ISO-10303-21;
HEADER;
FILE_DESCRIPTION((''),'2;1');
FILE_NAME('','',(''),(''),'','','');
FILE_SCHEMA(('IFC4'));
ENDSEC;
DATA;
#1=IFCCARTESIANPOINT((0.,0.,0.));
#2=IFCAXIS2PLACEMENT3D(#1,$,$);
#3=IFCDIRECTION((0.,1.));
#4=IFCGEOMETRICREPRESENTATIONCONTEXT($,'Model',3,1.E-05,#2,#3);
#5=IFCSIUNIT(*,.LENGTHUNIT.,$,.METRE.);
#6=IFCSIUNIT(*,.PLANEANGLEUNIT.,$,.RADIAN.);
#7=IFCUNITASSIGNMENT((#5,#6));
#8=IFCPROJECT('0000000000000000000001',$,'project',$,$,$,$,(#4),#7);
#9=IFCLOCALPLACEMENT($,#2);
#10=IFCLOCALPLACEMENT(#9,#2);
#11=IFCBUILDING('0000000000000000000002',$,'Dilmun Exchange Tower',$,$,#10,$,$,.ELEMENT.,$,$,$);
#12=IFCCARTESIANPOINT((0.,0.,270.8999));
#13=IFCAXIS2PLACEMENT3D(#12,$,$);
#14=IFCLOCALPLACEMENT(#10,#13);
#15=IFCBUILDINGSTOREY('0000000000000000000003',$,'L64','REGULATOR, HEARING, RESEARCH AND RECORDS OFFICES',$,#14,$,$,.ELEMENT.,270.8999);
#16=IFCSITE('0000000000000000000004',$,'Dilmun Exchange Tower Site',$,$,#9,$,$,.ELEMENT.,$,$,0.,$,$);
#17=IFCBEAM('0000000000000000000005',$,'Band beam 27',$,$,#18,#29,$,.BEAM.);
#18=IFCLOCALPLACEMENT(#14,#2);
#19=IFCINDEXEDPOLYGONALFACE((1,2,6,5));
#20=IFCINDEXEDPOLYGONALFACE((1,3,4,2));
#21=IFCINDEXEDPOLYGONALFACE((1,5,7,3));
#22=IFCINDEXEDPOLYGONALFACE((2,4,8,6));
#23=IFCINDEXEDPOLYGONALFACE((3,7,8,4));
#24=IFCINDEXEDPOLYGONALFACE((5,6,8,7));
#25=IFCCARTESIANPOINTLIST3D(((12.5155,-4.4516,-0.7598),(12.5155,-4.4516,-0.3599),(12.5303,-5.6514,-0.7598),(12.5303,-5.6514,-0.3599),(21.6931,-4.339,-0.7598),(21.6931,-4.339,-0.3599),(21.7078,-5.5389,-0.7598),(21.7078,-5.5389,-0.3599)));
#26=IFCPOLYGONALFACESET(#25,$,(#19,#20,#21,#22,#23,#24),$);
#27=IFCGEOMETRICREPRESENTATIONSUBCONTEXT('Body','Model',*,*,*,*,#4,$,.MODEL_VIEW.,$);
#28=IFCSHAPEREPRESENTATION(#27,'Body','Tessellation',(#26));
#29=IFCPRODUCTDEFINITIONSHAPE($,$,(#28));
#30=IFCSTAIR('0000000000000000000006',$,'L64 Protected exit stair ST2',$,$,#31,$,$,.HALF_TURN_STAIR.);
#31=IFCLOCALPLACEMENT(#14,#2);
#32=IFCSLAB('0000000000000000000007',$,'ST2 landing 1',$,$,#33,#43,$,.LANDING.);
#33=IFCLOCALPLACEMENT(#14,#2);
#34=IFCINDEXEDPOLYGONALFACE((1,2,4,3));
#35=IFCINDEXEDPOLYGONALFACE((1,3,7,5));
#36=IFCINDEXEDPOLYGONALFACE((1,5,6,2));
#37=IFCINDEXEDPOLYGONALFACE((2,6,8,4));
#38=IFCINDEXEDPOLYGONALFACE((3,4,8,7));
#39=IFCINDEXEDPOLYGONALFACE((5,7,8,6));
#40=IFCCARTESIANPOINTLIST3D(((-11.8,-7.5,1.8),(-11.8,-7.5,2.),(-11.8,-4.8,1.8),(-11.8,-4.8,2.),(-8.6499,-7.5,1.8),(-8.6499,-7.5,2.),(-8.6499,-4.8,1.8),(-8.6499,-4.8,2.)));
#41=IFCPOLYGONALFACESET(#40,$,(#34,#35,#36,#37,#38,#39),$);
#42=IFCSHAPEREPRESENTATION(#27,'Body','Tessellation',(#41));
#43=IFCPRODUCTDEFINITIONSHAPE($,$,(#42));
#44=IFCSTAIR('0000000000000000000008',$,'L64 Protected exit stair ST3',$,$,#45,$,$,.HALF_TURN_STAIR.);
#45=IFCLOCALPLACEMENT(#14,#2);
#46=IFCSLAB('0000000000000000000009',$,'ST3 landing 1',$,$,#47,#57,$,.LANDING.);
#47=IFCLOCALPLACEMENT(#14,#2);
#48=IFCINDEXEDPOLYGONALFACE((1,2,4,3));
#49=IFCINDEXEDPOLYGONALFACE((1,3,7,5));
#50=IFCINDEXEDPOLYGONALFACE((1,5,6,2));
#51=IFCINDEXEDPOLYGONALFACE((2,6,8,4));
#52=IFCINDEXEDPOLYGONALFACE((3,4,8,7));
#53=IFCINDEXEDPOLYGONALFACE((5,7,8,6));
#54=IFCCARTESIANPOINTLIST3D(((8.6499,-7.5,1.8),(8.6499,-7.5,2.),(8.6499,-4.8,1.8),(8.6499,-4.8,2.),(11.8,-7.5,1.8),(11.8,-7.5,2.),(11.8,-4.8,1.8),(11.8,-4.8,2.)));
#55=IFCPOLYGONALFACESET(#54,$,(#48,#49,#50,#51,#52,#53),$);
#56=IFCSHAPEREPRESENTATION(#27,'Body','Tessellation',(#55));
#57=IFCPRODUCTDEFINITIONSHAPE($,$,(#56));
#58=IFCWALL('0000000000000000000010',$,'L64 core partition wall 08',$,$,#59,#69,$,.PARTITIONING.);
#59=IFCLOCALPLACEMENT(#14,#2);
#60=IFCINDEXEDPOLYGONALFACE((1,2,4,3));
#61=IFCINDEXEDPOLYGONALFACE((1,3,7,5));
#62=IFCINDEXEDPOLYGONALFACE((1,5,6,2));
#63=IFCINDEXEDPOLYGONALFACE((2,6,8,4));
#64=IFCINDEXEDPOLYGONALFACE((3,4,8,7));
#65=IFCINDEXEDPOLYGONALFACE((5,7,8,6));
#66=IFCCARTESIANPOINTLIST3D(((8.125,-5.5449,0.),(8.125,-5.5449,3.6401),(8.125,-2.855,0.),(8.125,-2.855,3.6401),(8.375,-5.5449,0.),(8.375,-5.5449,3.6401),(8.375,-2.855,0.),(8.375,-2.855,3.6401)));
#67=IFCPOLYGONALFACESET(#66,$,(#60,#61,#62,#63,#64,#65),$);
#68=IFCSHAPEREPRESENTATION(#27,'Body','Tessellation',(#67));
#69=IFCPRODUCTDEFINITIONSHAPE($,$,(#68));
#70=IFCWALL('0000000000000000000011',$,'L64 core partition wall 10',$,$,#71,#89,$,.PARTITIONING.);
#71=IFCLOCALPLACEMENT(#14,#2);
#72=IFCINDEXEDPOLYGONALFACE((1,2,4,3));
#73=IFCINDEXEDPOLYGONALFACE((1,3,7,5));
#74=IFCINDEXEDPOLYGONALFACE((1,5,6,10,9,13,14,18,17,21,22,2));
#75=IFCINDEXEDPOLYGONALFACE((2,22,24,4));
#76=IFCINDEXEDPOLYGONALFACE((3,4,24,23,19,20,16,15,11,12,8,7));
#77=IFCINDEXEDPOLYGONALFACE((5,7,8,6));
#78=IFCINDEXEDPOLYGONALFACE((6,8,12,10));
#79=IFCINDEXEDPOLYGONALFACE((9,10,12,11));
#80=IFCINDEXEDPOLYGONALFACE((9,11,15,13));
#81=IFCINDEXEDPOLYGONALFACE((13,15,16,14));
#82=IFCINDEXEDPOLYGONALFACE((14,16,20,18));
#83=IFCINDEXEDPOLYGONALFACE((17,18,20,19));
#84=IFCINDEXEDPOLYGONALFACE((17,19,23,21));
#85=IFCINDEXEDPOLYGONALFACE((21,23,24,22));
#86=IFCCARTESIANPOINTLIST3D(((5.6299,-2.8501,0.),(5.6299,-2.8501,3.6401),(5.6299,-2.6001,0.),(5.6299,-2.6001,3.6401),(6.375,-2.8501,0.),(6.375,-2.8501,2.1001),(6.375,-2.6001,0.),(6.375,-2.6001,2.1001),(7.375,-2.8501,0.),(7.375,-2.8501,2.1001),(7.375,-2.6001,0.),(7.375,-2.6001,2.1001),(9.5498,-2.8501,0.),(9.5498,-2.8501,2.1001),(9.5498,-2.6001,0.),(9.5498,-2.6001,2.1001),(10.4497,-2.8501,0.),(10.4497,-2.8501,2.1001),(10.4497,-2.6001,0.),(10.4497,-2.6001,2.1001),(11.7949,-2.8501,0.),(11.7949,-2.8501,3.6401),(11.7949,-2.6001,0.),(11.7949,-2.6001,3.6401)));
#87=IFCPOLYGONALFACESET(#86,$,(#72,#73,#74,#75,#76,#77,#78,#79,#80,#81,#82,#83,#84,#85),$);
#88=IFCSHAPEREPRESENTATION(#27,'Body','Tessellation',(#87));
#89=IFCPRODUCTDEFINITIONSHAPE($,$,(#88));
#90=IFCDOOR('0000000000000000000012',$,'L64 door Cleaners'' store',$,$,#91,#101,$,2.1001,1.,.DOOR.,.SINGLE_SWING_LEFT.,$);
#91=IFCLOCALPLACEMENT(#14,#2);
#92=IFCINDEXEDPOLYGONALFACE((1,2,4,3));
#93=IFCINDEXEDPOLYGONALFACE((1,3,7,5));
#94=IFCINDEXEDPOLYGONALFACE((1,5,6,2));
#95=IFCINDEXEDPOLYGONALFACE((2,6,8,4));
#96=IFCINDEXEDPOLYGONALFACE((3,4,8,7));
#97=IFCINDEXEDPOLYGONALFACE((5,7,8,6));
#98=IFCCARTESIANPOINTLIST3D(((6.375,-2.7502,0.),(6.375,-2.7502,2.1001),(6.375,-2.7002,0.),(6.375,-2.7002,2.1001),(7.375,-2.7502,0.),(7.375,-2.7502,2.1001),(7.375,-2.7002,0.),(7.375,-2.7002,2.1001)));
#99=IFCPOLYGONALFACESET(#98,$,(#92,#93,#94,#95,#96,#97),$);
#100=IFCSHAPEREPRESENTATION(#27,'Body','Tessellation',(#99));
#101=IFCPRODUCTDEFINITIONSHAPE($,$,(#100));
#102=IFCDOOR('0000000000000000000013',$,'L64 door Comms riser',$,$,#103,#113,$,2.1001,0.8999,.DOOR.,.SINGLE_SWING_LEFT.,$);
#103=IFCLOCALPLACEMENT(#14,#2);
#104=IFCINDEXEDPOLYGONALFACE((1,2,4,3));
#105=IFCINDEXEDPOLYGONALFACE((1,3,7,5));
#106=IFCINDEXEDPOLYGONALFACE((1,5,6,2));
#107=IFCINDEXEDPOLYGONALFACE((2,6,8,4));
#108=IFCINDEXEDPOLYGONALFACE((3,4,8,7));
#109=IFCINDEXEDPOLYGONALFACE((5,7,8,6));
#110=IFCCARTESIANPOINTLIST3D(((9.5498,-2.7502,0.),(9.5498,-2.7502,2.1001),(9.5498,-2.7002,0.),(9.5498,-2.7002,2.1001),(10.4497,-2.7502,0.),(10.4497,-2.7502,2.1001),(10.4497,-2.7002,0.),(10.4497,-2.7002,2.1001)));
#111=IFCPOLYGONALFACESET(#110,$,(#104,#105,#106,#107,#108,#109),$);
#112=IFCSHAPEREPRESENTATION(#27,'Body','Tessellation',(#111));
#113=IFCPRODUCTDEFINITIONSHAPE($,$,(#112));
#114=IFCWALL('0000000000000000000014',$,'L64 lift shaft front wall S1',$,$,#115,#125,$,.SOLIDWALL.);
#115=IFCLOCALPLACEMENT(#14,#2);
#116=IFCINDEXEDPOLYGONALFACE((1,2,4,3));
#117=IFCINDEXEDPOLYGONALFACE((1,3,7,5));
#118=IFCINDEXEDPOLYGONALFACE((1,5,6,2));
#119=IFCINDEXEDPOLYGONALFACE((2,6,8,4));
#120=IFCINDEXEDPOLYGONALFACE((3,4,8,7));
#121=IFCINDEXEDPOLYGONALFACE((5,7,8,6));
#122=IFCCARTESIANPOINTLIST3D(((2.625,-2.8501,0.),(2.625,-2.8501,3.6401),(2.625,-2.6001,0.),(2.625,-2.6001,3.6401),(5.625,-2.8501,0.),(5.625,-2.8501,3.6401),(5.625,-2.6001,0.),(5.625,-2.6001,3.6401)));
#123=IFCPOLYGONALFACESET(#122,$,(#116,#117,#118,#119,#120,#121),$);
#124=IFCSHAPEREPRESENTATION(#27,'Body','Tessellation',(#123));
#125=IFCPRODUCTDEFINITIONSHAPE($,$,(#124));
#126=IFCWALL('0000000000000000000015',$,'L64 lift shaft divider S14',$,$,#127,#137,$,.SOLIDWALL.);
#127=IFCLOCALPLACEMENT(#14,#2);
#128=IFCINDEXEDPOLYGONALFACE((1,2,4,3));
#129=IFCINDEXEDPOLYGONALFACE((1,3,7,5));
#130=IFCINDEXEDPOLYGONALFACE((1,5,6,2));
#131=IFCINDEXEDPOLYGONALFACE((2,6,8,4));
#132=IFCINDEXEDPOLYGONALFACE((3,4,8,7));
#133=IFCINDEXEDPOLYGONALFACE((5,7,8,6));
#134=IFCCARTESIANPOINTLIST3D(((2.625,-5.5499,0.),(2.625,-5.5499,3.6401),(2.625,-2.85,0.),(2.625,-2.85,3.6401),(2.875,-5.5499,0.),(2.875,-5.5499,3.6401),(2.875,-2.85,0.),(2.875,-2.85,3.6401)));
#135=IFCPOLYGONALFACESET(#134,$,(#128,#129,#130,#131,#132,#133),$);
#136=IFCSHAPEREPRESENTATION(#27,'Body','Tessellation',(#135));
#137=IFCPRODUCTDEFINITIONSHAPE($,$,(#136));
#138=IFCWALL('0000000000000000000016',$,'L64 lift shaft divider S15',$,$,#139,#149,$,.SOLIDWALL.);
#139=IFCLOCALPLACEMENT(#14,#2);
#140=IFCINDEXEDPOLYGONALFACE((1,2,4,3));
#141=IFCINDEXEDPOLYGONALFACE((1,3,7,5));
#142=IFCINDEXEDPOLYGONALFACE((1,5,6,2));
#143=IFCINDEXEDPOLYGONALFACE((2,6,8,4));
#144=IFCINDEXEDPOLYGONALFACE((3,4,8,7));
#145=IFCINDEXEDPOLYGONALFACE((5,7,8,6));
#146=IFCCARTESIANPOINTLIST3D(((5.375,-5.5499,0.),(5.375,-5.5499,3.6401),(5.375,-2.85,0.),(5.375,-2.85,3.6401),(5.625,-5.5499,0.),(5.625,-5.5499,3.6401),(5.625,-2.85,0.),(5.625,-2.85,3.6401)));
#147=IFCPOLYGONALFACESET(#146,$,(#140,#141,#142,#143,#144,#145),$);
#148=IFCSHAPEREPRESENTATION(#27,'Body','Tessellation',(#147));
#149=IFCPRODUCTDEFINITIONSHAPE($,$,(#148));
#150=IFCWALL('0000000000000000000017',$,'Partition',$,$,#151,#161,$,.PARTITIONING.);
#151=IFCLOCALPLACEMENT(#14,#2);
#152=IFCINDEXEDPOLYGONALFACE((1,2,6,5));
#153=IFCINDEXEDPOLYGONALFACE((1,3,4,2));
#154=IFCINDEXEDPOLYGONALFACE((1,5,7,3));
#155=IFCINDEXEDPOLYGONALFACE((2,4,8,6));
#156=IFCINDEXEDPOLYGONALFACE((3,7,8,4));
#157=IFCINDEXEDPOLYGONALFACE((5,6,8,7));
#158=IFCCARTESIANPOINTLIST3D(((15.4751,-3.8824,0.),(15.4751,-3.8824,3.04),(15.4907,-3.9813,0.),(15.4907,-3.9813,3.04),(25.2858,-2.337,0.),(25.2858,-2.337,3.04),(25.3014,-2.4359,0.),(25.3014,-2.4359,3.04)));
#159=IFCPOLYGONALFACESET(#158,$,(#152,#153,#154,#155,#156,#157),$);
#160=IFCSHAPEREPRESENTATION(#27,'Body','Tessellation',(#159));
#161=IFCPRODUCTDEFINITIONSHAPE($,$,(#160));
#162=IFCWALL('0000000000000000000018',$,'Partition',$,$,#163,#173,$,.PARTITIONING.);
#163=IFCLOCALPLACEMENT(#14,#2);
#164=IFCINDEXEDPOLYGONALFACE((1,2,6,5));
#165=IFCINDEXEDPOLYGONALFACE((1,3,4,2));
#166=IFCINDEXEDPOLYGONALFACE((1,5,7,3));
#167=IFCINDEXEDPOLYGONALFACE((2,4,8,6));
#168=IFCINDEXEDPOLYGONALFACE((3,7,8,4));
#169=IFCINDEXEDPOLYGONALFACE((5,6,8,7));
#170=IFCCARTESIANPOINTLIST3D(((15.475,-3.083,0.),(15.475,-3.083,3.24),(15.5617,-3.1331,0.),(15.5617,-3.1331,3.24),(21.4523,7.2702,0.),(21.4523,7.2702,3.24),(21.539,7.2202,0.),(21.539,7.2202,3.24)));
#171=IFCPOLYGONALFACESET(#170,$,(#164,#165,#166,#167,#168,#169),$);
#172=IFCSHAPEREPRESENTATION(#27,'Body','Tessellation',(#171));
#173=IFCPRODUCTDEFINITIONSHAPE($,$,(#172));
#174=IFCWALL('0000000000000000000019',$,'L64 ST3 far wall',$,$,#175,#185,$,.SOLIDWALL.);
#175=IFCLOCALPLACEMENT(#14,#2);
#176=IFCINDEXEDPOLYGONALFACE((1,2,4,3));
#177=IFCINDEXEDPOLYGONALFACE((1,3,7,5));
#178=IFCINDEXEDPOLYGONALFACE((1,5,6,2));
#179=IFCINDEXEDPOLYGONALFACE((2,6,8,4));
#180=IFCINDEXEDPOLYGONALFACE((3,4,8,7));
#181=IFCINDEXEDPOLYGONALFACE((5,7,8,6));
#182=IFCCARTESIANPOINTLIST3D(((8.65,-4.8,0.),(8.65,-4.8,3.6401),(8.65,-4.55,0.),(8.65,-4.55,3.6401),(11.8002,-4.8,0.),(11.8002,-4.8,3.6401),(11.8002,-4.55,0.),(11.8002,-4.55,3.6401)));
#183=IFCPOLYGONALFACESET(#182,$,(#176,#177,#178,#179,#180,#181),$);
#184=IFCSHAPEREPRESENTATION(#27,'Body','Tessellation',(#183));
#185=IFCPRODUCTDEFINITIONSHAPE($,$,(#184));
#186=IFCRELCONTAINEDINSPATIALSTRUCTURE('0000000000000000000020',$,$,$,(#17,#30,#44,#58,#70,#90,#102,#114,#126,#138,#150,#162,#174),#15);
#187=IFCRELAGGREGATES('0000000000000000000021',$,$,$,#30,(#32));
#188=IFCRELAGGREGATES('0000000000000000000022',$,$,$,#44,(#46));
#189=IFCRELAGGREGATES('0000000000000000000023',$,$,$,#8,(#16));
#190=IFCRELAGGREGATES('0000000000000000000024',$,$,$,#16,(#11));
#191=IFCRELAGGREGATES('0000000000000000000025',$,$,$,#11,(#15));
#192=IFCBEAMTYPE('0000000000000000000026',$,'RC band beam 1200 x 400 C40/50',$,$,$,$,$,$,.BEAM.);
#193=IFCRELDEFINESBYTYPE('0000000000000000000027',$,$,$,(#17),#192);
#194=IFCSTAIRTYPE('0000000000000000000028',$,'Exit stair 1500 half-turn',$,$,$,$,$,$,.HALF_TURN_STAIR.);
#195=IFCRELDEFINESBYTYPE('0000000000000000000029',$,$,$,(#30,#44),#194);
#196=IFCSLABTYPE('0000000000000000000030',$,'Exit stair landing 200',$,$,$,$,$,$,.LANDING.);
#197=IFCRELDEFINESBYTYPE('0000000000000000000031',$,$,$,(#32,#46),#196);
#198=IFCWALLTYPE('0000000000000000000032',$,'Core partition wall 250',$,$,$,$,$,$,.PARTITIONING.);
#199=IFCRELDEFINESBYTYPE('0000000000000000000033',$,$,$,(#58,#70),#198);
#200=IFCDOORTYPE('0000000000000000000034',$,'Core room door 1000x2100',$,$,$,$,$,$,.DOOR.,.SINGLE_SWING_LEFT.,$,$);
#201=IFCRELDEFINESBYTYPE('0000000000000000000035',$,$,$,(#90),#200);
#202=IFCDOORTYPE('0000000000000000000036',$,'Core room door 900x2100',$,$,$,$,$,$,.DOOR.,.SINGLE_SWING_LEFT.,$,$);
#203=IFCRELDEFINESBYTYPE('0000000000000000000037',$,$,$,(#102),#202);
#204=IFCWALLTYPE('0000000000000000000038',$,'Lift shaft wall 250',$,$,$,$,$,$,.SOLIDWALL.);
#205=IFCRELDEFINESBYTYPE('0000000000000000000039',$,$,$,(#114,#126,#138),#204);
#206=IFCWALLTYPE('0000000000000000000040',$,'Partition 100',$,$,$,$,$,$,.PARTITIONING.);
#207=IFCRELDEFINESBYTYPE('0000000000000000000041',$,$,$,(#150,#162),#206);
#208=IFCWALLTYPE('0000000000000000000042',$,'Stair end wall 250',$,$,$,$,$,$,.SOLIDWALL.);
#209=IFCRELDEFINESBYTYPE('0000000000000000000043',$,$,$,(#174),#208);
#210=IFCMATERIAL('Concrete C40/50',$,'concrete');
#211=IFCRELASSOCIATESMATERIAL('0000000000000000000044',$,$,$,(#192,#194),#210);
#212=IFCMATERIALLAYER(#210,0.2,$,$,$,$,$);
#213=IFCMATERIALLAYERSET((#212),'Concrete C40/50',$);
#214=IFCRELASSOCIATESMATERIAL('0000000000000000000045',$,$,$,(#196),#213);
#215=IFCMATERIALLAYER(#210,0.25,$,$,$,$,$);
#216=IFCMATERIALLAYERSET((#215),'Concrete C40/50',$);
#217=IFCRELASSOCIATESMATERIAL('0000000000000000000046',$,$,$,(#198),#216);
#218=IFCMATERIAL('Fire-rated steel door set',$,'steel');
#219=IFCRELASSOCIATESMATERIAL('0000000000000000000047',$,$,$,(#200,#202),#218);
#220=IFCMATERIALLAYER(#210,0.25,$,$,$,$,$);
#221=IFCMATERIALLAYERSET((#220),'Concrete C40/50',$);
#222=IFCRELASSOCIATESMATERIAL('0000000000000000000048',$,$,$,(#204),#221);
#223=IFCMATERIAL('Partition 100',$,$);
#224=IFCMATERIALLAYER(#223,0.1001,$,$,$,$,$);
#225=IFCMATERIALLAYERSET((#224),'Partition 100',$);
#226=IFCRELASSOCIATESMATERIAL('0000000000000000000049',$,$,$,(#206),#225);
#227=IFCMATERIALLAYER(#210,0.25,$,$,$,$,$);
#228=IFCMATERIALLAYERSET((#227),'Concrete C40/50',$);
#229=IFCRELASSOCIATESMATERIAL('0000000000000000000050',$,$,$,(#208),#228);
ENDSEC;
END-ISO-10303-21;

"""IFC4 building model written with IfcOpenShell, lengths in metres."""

from ifc_helpers import new_model, si_unit, direction, frame, frame_2d, origin, origin_2d, place, context, subcontext, project, spatial, polyline, rectangle, outline, extrude, material, layer, layer_set, material_profile, profile_set, type_object, element, fill, aggregate, save


model = new_model("IFC4")

# Units and contexts
model_context = context("Model", 3, precision=1e-05, world=origin(), true_north=direction((0.0, 1.0)))
body_context = subcontext(model_context, "Body", "Model", "MODEL_VIEW")
ifc_project = project(units=[si_unit("LENGTHUNIT", "METRE"), si_unit("PLANEANGLEUNIT", "RADIAN")], contexts=[model_context])

# Site, building, storey
site_placement = place(None, origin())
site = spatial("IfcSite", under=ifc_project, at=site_placement, Name="Dilmun Exchange Tower Site", CompositionType="ELEMENT", RefElevation=0.0)
building_placement = place(site_placement, origin())
building = spatial("IfcBuilding", under=site, at=building_placement, Name="Dilmun Exchange Tower", CompositionType="ELEMENT")
storey_placement = place(building_placement, frame((0.0, 0.0, 270.8999)))
storey = spatial("IfcBuildingStorey", under=building, at=storey_placement, Name="L64", Description="REGULATOR, HEARING, RESEARCH AND RECORDS OFFICES", CompositionType="ELEMENT", Elevation=270.8999)

# Beam
ifc_material_1 = material(Name="Concrete C40/50", Category="concrete")
ifc_material_profile = material_profile(ifc_material_1, rectangle(XDim=1.2, YDim=0.3999, at=origin_2d()), Name="1200 x 400")
ifc_profile_set = profile_set([ifc_material_profile], Name="Concrete C40/50")
beam_type = type_object("IfcBeamType", Name="RC band beam 1200 x 400 C40/50", PredefinedType="BEAM", material=ifc_profile_set)
beam_placement = place(storey_placement, frame((21.7004, -4.939, -0.5598), z_axis=(-0.999925, -0.012263, 0.0), x_axis=(0.012263, -0.999925, 0.0)))
element("IfcBeam", 1, at=beam_placement, inside=storey, type_object=beam_type, Name="Band beam 27", PredefinedType="BEAM", context=body_context, shape_type="SweptSolid", body=[
    extrude(rectangle(XDim=1.2, YDim=0.3999, at=origin_2d()), origin(), (0.0, 0.0, 1.0), 9.1782),
])

# Stairs, slabs
stair_type = type_object("IfcStairType", Name="Exit stair 1500 half-turn", PredefinedType="HALF_TURN_STAIR", material=ifc_material_1)
stair_1_placement = place(storey_placement, origin())
stair_1 = element("IfcStair", 2, at=stair_1_placement, inside=storey, type_object=stair_type, Name="L64 Protected exit stair ST2", PredefinedType="HALF_TURN_STAIR")
ifc_layer_1 = layer(ifc_material_1, 0.2)
ifc_layer_set_1 = layer_set([ifc_layer_1], Name="Concrete C40/50")
slab_type = type_object("IfcSlabType", Name="Exit stair landing 200", PredefinedType="LANDING", material=ifc_layer_set_1)
slab_1_placement = place(storey_placement, frame((0.0, 0.0, 1.8)))
slab_1 = element("IfcSlab", 3, at=slab_1_placement, type_object=slab_type, Name="ST2 landing 1", PredefinedType="LANDING", context=body_context, shape_type="SweptSolid", body=[
    extrude(outline(polyline([(-8.6499, -7.5), (-8.6499, -4.8), (-11.8, -4.8), (-11.8, -7.5), (-8.6499, -7.5)])), origin(), (0.0, 0.0, 1.0), 0.2),
])
aggregate(stair_1, [slab_1])
stair_2_placement = place(storey_placement, origin())
stair_2 = element("IfcStair", 4, at=stair_2_placement, inside=storey, type_object=stair_type, Name="L64 Protected exit stair ST3", PredefinedType="HALF_TURN_STAIR")
slab_2_placement = place(storey_placement, frame((0.0, 0.0, 1.8)))
slab_2 = element("IfcSlab", 5, at=slab_2_placement, type_object=slab_type, Name="ST3 landing 1", PredefinedType="LANDING", context=body_context, shape_type="SweptSolid", body=[
    extrude(outline(polyline([(11.8, -7.5), (11.8, -4.8), (8.6499, -4.8), (8.6499, -7.5), (11.8, -7.5)])), origin(), (0.0, 0.0, 1.0), 0.2),
])

# Wall
ifc_layer_2 = layer(ifc_material_1, 0.25)
ifc_layer_set_2 = layer_set([ifc_layer_2], Name="Concrete C40/50")
wall_type_1 = type_object("IfcWallType", Name="Core partition wall 250", PredefinedType="PARTITIONING", material=ifc_layer_set_2)
wall_1_placement = place(storey_placement, frame((8.25, -5.5449, 0.0), z_axis=(0.0, 0.0, 1.0), x_axis=(0.0, 1.0, 0.0)))
element("IfcWall", 6, at=wall_1_placement, inside=storey, type_object=wall_type_1, Name="L64 core partition wall 08", PredefinedType="PARTITIONING", context=body_context, shape_type="SweptSolid", body=[
    extrude(rectangle(XDim=2.6899, YDim=0.25, at=frame_2d((1.345, 0.0))), origin(), (0.0, 0.0, 1.0), 3.6401),
])

# Wall, openings, doors
wall_2_placement = place(storey_placement, frame((5.6299, -2.7251, 0.0), z_axis=(0.0, 0.0, 1.0), x_axis=(1.0, 0.0, 0.0)))
wall_2 = element("IfcWall", 7, at=wall_2_placement, inside=storey, type_object=wall_type_1, Name="L64 core partition wall 10", PredefinedType="PARTITIONING", context=body_context, shape_type="SweptSolid", body=[
    extrude(rectangle(XDim=6.165, YDim=0.25, at=frame_2d((3.0825, 0.0))), origin(), (0.0, 0.0, 1.0), 3.6401),
])
opening_1_placement = place(wall_2_placement, frame((0.7451, 0.0, 0.0)))
opening_1 = element("IfcOpeningElement", 8, at=opening_1_placement, cuts=wall_2, PredefinedType="OPENING", context=body_context, shape_type="SweptSolid", body=[
    extrude(rectangle(XDim=1.0, YDim=2.1001, at=frame_2d((0.5, 1.05))), frame((0.0, 0.135, 0.0), z_axis=(0.0, -1.0, 0.0), x_axis=(1.0, 0.0, 0.0)), (0.0, 0.0, 1.0), 0.27),
])
opening_2_placement = place(wall_2_placement, frame((3.9199, 0.0, 0.0)))
opening_2 = element("IfcOpeningElement", 9, at=opening_2_placement, cuts=wall_2, PredefinedType="OPENING", context=body_context, shape_type="SweptSolid", body=[
    extrude(rectangle(XDim=0.8999, YDim=2.1001, at=frame_2d((0.45, 1.05))), frame((0.0, 0.135, 0.0), z_axis=(0.0, -1.0, 0.0), x_axis=(1.0, 0.0, 0.0)), (0.0, 0.0, 1.0), 0.27),
])
ifc_material_2 = material(Name="Fire-rated steel door set", Category="steel")
door_type_1 = type_object("IfcDoorType", Name="Core room door 1000x2100", OperationType="SINGLE_SWING_LEFT", PredefinedType="DOOR", material=ifc_material_2)
door_1_placement = place(opening_1_placement, origin())
door_1 = element("IfcDoor", 10, at=door_1_placement, inside=storey, type_object=door_type_1, Name="L64 door Cleaners' store", OperationType="SINGLE_SWING_LEFT", OverallHeight=2.1001, OverallWidth=1.0, PredefinedType="DOOR", context=body_context, shape_type="SweptSolid", body=[
    extrude(rectangle(XDim=1.0, YDim=2.1001, at=frame_2d((0.5, 1.05))), frame((0.0, 0.0249, 0.0), z_axis=(0.0, -1.0, 0.0), x_axis=(1.0, 0.0, 0.0)), (0.0, 0.0, 1.0), 0.05),
])
fill(opening_1, door_1)
door_type_2 = type_object("IfcDoorType", Name="Core room door 900x2100", OperationType="SINGLE_SWING_LEFT", PredefinedType="DOOR", material=ifc_material_2)
door_2_placement = place(opening_2_placement, origin())
door_2 = element("IfcDoor", 11, at=door_2_placement, inside=storey, type_object=door_type_2, Name="L64 door Comms riser", OperationType="SINGLE_SWING_LEFT", OverallHeight=2.1001, OverallWidth=0.8999, PredefinedType="DOOR", context=body_context, shape_type="SweptSolid", body=[
    extrude(rectangle(XDim=0.8999, YDim=2.1001, at=frame_2d((0.45, 1.05))), frame((0.0, 0.0249, 0.0), z_axis=(0.0, -1.0, 0.0), x_axis=(1.0, 0.0, 0.0)), (0.0, 0.0, 1.0), 0.05),
])
fill(opening_2, door_2)

# Walls
ifc_layer_3 = layer(ifc_material_1, 0.25)
ifc_layer_set_3 = layer_set([ifc_layer_3], Name="Concrete C40/50")
wall_type_2 = type_object("IfcWallType", Name="Lift shaft wall 250", PredefinedType="SOLIDWALL", material=ifc_layer_set_3)
wall_3_placement = place(storey_placement, frame((2.625, -2.7251, 0.0), z_axis=(0.0, 0.0, 1.0), x_axis=(1.0, 0.0, 0.0)))
element("IfcWall", 12, at=wall_3_placement, inside=storey, type_object=wall_type_2, Name="L64 lift shaft front wall S1", PredefinedType="SOLIDWALL", context=body_context, shape_type="SweptSolid", body=[
    extrude(rectangle(XDim=3.0, YDim=0.25, at=frame_2d((1.5, 0.0))), origin(), (0.0, 0.0, 1.0), 3.6401),
])
for number, where, z_axis, x_axis, name in (
    (13, (2.75, -5.55, 0.0), (0.0, 0.0, 1.0), (0.0, 1.0, 0.0), "L64 lift shaft divider S14"),
    (14, (5.5, -5.55, 0.0), (0.0, 0.0, 1.0), (0.0, 1.0, 0.0), "L64 lift shaft divider S15"),
):
    element("IfcWall", number, at=place(storey_placement, frame(where, z_axis=z_axis, x_axis=x_axis)), inside=storey, type_object=wall_type_2, Name=name, PredefinedType="SOLIDWALL", context=body_context, shape_type="SweptSolid", body=[
        extrude(rectangle(XDim=2.7, YDim=0.25, at=frame_2d((1.3501, 0.0))), origin(), (0.0, 0.0, 1.0), 3.6401),
    ])
ifc_material_3 = material(Name="Partition 100")
ifc_layer_4 = layer(ifc_material_3, 0.1001)
ifc_layer_set_4 = layer_set([ifc_layer_4], Name="Partition 100")
wall_type_3 = type_object("IfcWallType", Name="Partition 100", PredefinedType="PARTITIONING", material=ifc_layer_set_4)
wall_4_placement = place(storey_placement, frame((15.4829, -3.9319, 0.0), z_axis=(0.0, 0.0, 1.0), x_axis=(0.987819, 0.155607, 0.0)))
element("IfcWall", 15, at=wall_4_placement, inside=storey, type_object=wall_type_3, Name="Partition", PredefinedType="PARTITIONING", context=body_context, shape_type="SweptSolid", body=[
    extrude(rectangle(XDim=9.9316, YDim=0.1001, at=frame_2d((4.9658, 0.0))), origin(), (0.0, 0.0, 1.0), 3.04),
])
wall_5_placement = place(storey_placement, frame((15.5183, -3.1082, 0.0), z_axis=(0.0, 0.0, 1.0), x_axis=(0.499989, 0.866032, 0.0)))
element("IfcWall", 16, at=wall_5_placement, inside=storey, type_object=wall_type_3, Name="Partition", PredefinedType="PARTITIONING", context=body_context, shape_type="SweptSolid", body=[
    extrude(rectangle(XDim=11.9548, YDim=0.1001, at=frame_2d((5.9775, 0.0))), origin(), (0.0, 0.0, 1.0), 3.24),
])
ifc_layer_5 = layer(ifc_material_1, 0.25)
ifc_layer_set_5 = layer_set([ifc_layer_5], Name="Concrete C40/50")
wall_type_4 = type_object("IfcWallType", Name="Stair end wall 250", PredefinedType="SOLIDWALL", material=ifc_layer_set_5)
wall_6_placement = place(storey_placement, frame((8.6499, -4.675, 0.0), z_axis=(0.0, 0.0, 1.0), x_axis=(1.0, 0.0, 0.0)))
element("IfcWall", 17, at=wall_6_placement, inside=storey, type_object=wall_type_4, Name="L64 ST3 far wall", PredefinedType="SOLIDWALL", context=body_context, shape_type="SweptSolid", body=[
    extrude(rectangle(XDim=3.1501, YDim=0.25, at=frame_2d((1.5752, 0.0))), origin(), (0.0, 0.0, 1.0), 3.6401),
])

aggregate(stair_2, [slab_2])

save(model, "model.ifc")
